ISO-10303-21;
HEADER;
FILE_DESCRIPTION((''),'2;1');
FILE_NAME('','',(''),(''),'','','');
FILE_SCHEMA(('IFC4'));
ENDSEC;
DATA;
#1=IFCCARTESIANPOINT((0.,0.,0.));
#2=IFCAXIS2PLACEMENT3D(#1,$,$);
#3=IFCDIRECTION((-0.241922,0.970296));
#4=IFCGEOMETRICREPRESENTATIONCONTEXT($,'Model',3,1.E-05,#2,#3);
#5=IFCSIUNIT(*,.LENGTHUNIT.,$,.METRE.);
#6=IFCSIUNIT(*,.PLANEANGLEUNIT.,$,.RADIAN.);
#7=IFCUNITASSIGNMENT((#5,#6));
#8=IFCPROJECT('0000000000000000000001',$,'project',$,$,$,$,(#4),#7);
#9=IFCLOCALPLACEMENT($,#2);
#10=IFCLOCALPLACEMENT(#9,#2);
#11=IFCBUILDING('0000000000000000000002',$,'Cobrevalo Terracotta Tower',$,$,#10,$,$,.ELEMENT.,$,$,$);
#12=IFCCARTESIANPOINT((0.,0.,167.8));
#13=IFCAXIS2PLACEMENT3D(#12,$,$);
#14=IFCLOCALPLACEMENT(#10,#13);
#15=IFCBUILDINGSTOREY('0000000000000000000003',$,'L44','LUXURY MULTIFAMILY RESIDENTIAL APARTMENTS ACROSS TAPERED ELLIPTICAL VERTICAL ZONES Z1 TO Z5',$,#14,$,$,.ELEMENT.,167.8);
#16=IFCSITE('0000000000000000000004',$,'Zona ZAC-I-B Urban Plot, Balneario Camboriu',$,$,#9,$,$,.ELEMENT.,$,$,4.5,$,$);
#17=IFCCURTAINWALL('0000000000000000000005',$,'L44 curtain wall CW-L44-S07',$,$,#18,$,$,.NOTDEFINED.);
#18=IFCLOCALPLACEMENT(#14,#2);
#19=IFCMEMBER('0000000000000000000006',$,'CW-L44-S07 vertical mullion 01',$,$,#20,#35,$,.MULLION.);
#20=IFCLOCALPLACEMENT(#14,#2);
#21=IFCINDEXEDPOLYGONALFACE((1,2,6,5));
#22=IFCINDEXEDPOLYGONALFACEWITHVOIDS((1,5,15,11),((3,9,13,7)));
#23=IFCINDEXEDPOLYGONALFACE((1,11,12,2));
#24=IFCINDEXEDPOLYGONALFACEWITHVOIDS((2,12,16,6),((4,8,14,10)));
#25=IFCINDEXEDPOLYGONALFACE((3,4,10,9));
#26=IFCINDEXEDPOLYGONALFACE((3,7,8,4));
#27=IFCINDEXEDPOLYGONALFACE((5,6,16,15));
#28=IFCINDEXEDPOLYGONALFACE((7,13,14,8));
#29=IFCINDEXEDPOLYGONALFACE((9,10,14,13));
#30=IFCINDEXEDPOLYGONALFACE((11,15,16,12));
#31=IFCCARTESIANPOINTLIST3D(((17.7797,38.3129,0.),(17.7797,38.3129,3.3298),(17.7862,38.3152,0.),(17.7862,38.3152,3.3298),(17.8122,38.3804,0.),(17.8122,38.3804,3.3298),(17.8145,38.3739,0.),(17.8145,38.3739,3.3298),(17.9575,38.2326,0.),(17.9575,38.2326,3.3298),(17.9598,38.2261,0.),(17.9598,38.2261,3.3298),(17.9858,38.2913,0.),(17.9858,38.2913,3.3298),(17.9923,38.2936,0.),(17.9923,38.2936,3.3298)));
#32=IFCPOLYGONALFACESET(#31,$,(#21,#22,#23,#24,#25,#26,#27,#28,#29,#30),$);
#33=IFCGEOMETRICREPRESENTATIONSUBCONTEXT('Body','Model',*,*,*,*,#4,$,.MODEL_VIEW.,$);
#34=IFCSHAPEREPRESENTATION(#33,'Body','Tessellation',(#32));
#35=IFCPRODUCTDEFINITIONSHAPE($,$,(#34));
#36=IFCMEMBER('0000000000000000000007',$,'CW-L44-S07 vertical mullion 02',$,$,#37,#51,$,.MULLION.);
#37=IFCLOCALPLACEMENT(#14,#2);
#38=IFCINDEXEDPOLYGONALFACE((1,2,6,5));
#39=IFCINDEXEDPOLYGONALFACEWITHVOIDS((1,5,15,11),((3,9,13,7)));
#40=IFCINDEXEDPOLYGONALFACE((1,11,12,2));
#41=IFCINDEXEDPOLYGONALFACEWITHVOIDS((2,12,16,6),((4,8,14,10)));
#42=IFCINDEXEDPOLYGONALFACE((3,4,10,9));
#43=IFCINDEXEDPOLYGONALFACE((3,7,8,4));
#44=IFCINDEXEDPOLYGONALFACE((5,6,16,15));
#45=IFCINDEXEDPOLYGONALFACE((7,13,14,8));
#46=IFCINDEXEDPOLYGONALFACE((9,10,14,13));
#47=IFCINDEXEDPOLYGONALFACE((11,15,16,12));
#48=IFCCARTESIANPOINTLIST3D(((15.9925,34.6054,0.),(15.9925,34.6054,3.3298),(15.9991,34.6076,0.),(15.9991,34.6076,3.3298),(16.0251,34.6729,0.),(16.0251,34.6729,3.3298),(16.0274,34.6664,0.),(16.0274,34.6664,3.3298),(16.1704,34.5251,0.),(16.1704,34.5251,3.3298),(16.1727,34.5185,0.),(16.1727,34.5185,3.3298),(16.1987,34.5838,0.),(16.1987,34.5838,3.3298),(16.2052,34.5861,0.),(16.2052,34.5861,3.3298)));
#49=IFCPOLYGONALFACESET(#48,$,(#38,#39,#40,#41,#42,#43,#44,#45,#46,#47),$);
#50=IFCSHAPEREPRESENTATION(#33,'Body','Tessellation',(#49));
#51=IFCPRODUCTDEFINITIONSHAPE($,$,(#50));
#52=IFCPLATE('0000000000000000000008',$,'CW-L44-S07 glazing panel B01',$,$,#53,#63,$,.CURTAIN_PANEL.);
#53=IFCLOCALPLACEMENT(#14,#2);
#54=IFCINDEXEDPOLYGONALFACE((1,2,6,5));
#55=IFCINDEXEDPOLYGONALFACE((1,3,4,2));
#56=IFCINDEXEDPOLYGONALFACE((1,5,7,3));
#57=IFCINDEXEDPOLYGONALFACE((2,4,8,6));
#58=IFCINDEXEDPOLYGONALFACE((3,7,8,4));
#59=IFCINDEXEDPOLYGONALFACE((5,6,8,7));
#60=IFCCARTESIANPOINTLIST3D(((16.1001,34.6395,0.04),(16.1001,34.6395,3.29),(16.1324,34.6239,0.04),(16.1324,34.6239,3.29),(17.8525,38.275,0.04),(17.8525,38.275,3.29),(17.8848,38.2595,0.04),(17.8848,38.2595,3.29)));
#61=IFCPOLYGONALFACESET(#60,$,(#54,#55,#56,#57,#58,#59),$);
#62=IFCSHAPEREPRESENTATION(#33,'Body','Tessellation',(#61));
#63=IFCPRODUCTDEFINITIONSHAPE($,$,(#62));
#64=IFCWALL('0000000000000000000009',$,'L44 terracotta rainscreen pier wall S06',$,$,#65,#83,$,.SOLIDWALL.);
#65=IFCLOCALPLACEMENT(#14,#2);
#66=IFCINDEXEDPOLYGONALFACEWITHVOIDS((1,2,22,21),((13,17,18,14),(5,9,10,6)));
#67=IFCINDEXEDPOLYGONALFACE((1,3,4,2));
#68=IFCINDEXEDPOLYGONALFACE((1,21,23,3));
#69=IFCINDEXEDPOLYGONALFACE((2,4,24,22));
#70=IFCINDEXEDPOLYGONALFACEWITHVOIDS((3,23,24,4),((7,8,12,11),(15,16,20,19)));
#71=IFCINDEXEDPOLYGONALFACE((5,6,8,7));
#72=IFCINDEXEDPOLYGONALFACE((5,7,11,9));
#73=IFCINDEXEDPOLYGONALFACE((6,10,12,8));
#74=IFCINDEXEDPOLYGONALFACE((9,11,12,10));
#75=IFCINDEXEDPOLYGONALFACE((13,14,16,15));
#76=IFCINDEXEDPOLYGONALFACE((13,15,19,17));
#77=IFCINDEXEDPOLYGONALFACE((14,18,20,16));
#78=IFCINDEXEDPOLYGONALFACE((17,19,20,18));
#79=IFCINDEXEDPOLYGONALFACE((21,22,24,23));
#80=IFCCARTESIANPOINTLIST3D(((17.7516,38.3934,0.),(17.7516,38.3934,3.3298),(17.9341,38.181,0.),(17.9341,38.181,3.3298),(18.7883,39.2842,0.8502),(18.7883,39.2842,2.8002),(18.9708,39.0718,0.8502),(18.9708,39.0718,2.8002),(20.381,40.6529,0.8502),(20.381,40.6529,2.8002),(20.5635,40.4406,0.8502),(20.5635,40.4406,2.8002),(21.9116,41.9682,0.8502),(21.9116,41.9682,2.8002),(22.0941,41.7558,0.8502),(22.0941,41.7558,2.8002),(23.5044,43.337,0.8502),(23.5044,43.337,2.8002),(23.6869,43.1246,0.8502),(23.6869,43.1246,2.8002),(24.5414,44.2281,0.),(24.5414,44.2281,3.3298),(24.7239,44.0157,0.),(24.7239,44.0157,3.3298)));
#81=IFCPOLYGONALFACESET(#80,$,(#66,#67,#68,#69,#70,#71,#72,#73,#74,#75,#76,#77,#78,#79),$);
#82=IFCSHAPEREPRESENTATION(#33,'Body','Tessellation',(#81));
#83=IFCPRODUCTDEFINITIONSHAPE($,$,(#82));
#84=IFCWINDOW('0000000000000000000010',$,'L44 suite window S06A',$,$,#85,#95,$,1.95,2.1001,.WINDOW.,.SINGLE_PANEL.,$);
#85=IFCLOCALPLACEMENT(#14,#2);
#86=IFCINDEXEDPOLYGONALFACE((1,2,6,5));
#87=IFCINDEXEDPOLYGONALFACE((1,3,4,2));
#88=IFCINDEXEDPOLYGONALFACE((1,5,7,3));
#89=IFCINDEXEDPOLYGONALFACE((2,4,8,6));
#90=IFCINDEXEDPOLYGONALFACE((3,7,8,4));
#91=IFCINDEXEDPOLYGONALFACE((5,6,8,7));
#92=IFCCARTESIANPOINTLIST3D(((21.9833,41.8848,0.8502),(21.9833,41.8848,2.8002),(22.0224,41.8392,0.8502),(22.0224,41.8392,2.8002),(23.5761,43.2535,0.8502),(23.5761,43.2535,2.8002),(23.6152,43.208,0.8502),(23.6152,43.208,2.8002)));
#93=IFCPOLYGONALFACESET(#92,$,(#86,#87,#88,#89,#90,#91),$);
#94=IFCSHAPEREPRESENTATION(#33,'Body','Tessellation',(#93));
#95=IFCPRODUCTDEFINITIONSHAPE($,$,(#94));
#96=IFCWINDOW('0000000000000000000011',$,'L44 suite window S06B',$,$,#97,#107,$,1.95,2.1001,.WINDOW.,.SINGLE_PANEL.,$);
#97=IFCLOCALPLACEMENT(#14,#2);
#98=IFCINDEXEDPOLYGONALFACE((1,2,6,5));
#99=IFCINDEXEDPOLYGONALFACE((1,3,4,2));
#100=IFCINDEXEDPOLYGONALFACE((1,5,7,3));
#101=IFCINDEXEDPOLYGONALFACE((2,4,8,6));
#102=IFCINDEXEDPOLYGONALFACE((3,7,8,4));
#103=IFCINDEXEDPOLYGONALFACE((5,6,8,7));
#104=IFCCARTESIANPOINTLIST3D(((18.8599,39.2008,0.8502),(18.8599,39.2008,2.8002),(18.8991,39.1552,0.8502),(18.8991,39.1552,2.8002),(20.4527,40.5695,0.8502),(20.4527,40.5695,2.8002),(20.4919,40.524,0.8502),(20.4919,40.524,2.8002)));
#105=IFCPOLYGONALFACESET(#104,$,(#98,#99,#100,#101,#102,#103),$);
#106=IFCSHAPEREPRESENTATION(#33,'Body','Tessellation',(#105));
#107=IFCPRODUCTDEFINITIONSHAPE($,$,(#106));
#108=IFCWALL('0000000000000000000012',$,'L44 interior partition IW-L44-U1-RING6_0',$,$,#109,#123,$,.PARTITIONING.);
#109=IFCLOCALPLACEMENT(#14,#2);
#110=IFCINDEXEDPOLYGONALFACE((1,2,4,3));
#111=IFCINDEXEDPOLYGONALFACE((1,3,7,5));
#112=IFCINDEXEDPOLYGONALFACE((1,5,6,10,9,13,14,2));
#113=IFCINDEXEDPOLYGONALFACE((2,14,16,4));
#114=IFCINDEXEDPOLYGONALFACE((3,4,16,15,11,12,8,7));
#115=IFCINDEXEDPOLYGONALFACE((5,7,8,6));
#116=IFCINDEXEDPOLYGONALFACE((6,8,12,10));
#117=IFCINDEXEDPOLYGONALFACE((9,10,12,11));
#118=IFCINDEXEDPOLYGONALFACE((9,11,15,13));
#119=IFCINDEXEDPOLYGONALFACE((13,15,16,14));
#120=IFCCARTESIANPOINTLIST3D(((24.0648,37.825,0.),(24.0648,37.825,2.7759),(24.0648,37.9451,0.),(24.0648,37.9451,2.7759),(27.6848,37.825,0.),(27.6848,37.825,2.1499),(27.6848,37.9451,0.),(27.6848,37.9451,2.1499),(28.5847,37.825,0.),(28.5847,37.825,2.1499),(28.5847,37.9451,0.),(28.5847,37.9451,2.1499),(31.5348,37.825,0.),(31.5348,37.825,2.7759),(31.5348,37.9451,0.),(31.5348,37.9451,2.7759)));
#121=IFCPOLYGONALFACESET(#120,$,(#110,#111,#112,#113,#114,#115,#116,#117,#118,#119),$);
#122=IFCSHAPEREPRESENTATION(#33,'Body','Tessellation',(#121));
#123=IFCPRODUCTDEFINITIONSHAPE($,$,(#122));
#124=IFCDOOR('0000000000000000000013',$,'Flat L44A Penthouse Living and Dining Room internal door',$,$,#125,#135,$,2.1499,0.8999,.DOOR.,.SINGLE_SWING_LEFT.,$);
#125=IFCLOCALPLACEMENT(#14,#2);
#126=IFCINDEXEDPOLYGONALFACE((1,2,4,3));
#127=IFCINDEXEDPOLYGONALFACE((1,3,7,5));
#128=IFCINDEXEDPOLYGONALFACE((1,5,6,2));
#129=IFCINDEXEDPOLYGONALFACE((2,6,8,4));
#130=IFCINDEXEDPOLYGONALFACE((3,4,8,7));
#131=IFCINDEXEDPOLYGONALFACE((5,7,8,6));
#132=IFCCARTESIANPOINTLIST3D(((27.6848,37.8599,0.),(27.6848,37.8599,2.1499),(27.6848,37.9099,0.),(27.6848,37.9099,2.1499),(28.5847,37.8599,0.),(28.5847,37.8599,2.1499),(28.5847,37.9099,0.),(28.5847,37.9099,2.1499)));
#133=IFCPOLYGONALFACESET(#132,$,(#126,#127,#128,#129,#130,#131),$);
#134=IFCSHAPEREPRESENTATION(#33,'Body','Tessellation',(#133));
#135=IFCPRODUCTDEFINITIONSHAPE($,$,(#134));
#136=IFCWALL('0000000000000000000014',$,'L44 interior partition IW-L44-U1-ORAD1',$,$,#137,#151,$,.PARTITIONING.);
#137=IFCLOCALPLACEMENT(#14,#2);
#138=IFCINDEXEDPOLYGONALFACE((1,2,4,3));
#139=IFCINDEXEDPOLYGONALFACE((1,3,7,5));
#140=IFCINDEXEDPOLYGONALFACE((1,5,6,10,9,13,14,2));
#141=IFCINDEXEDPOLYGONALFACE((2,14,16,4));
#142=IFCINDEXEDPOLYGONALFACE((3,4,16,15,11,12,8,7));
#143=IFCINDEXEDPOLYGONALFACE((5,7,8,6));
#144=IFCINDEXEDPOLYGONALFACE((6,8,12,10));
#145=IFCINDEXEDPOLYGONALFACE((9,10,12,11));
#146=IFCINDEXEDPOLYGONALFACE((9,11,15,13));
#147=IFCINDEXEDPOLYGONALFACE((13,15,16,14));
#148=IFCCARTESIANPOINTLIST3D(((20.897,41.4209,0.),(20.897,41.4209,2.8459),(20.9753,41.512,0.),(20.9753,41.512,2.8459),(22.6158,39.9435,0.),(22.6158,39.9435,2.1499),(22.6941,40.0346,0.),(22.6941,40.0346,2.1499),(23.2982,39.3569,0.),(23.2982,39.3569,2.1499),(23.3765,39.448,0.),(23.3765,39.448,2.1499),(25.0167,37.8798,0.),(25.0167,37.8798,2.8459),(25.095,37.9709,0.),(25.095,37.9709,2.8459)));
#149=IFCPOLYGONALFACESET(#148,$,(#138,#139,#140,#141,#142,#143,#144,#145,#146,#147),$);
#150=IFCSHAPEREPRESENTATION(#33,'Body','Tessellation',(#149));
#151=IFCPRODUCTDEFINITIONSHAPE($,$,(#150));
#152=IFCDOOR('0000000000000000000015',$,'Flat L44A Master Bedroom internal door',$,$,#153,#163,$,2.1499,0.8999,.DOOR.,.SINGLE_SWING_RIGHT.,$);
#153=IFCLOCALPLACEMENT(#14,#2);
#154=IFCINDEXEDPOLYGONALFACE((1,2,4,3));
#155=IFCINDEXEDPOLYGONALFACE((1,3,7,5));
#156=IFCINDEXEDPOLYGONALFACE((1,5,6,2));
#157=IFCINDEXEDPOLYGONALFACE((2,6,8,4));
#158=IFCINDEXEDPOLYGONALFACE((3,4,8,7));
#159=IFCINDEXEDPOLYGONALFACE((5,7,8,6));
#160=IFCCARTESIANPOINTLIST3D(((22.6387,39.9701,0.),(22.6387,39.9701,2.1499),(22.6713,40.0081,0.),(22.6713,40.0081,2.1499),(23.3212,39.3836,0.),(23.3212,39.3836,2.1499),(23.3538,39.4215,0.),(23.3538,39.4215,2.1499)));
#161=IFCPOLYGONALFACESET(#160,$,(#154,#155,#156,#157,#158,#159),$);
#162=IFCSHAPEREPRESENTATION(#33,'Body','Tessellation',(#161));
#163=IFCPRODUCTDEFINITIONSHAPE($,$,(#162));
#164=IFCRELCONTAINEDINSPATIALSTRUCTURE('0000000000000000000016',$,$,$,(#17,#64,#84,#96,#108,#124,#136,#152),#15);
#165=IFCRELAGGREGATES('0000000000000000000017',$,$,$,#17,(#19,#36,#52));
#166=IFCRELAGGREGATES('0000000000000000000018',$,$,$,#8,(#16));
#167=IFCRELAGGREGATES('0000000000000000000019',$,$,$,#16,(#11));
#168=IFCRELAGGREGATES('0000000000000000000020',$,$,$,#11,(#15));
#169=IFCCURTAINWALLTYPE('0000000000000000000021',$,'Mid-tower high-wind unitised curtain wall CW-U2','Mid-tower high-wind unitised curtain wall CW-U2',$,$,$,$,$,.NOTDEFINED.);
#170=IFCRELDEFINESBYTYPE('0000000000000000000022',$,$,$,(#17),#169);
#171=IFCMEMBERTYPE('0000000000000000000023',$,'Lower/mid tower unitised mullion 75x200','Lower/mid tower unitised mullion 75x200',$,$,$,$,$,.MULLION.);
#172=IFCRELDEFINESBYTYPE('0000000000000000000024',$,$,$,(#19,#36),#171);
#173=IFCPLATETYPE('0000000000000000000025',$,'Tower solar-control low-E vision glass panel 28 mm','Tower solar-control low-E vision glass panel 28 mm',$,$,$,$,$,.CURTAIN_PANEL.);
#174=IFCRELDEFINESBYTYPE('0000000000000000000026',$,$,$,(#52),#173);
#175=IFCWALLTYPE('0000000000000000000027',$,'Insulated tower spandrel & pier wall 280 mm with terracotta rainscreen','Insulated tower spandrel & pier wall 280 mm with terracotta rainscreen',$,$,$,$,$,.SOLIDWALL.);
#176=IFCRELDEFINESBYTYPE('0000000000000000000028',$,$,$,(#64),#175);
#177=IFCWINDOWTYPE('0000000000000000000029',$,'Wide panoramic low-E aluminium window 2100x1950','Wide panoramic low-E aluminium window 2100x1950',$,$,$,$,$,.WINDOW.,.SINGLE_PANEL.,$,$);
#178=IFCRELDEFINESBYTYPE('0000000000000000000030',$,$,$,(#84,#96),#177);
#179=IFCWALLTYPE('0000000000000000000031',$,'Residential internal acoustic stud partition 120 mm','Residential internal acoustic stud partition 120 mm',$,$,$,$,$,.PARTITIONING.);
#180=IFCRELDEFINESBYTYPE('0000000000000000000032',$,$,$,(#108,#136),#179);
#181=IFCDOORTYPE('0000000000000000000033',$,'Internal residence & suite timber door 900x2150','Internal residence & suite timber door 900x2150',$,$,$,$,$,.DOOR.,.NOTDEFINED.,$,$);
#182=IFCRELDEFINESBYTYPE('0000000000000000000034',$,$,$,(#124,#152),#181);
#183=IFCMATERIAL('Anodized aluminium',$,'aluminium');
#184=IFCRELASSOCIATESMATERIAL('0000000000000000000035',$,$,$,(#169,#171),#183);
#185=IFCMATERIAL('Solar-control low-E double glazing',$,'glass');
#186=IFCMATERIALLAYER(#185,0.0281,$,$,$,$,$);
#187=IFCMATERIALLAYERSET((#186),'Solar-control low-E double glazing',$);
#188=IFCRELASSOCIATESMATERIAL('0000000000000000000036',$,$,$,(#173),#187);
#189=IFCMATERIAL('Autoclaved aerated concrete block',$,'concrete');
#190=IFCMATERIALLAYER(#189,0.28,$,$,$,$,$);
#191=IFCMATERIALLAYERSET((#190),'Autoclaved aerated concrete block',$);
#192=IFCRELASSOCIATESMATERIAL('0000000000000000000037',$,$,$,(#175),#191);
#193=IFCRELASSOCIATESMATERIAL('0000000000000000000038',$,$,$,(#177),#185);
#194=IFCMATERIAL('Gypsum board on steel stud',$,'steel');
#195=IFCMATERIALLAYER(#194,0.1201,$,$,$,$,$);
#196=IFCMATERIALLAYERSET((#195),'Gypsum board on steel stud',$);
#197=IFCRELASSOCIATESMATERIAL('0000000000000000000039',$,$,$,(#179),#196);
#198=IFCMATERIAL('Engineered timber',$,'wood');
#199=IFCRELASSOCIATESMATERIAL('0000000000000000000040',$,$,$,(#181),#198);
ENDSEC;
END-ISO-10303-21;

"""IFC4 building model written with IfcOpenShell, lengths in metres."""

from ifc_helpers import new_model, si_unit, direction, frame, frame_2d, origin, origin_2d, place, context, subcontext, project, spatial, rectangle, hollow_rectangle, extrude, source, transform, mapped, material, layer, layer_set, material_profile, profile_set, type_object, element, fill, aggregate, save


model = new_model("IFC4")

# Units and contexts
model_context = context("Model", 3, precision=1e-05, world=origin(), true_north=direction((-0.241922, 0.970296)))
body_context = subcontext(model_context, "Body", "Model", "MODEL_VIEW")
ifc_project = project(units=[si_unit("LENGTHUNIT", "METRE"), si_unit("PLANEANGLEUNIT", "RADIAN")], contexts=[model_context])

# Site, building, storey
site_placement = place(None, origin())
site = spatial("IfcSite", under=ifc_project, at=site_placement, Name="Zona ZAC-I-B Urban Plot, Balneario Camboriu", CompositionType="ELEMENT", RefElevation=4.5)
building_placement = place(site_placement, origin())
building = spatial("IfcBuilding", under=site, at=building_placement, Name="Cobrevalo Terracotta Tower", CompositionType="ELEMENT")
storey_placement = place(building_placement, frame((0.0, 0.0, 167.8)))
storey = spatial("IfcBuildingStorey", under=building, at=storey_placement, Name="L44", Description="LUXURY MULTIFAMILY RESIDENTIAL APARTMENTS ACROSS TAPERED ELLIPTICAL VERTICAL ZONES Z1 TO Z5", CompositionType="ELEMENT", Elevation=167.8)

# Curtain wall
ifc_material_1 = material(Name="Anodized aluminium", Category="aluminium")
curtain_wall_type = type_object("IfcCurtainWallType", Name="Mid-tower high-wind unitised curtain wall CW-U2", Description="Mid-tower high-wind unitised curtain wall CW-U2", PredefinedType="NOTDEFINED", material=ifc_material_1)
curtain_wall_1_placement = place(storey_placement, origin())
curtain_wall_1 = element("IfcCurtainWall", 1, at=curtain_wall_1_placement, inside=storey, type_object=curtain_wall_type, Name="L44 curtain wall CW-L44-S07", PredefinedType="NOTDEFINED")

# Shared definitions
ifc_material_profile_1 = material_profile(ifc_material_1, hollow_rectangle(XDim=0.075, YDim=0.2, WallThickness=0.0049, at=origin_2d()), Name="CWM 75x200")
ifc_profile_set_1 = profile_set([ifc_material_profile_1], Name="Anodized aluminium")
member_type_1 = type_object("IfcMemberType", Name="Lower/mid tower unitised mullion 75x200", Description="Lower/mid tower unitised mullion 75x200", PredefinedType="MULLION", material=ifc_profile_set_1)
shared_shape_1 = source(origin(), body_context, "Body", "SweptSolid", [
    extrude(hollow_rectangle(XDim=0.075, YDim=0.2, WallThickness=0.0049, at=origin_2d()), origin(), (0.0, 0.0, 1.0), 3.3298),
])

# Members
member_1_placement = place(storey_placement, frame((17.886, 38.3032, 0.0), z_axis=(0.0, 0.0, 1.0), x_axis=(-0.434209, -0.900812, 0.0)))
member_1 = element("IfcMember", 2, at=member_1_placement, type_object=member_type_1, Name="CW-L44-S07 vertical mullion 01", PredefinedType="MULLION", context=body_context, shape_type="MappedRepresentation", body=[
    mapped(shared_shape_1, transform((0.0, 0.0, 0.0), scale=1.0)),
])
member_2_placement = place(storey_placement, frame((16.0989, 34.5957, 0.0), z_axis=(0.0, 0.0, 1.0), x_axis=(-0.434209, -0.900812, 0.0)))
member_2 = element("IfcMember", 3, at=member_2_placement, type_object=member_type_1, Name="CW-L44-S07 vertical mullion 02", PredefinedType="MULLION", context=body_context, shape_type="MappedRepresentation", body=[
    mapped(shared_shape_1, transform((0.0, 0.0, 0.0), scale=1.0)),
])

# Plate
ifc_material_2 = material(Name="Solar-control low-E double glazing", Category="glass")
ifc_layer_1 = layer(ifc_material_2, 0.0281)
ifc_layer_set_1 = layer_set([ifc_layer_1], Name="Solar-control low-E double glazing")
plate_type = type_object("IfcPlateType", Name="Tower solar-control low-E vision glass panel 28 mm", Description="Tower solar-control low-E vision glass panel 28 mm", PredefinedType="CURTAIN_PANEL", material=ifc_layer_set_1)
shared_shape_2 = source(origin(), body_context, "Body", "SweptSolid", [
    extrude(rectangle(XDim=4.0359, YDim=0.0359, at=origin_2d()), origin(), (0.0, 0.0, 1.0), 3.25),
])
plate_placement = place(storey_placement, frame((16.9924, 36.4495, 0.04), z_axis=(0.0, 0.0, 1.0), x_axis=(-0.434209, -0.900812, 0.0)))
plate = element("IfcPlate", 4, at=plate_placement, type_object=plate_type, Name="CW-L44-S07 glazing panel B01", PredefinedType="CURTAIN_PANEL", context=body_context, shape_type="MappedRepresentation", body=[
    mapped(shared_shape_2, transform((0.0, 0.0, 0.0), scale=1.0)),
])
aggregate(curtain_wall_1, [member_1, member_2, plate])

# Wall, openings, windows
ifc_material_3 = material(Name="Autoclaved aerated concrete block", Category="concrete")
ifc_layer_2 = layer(ifc_material_3, 0.28)
ifc_layer_set_2 = layer_set([ifc_layer_2], Name="Autoclaved aerated concrete block")
wall_type_1 = type_object("IfcWallType", Name="Insulated tower spandrel & pier wall 280 mm with terracotta rainscreen", Description="Insulated tower spandrel & pier wall 280 mm with terracotta rainscreen", PredefinedType="SOLIDWALL", material=ifc_layer_set_2)
wall_1_placement = place(storey_placement, frame((24.6326, 44.1218, 0.0), z_axis=(0.0, 0.0, 1.0), x_axis=(-0.758434, -0.65175, 0.0)))
wall_1 = element("IfcWall", 5, at=wall_1_placement, inside=storey, type_object=wall_type_1, Name="L44 terracotta rainscreen pier wall S06", PredefinedType="SOLIDWALL", context=body_context, shape_type="SweptSolid", body=[
    extrude(rectangle(XDim=8.9524, YDim=0.28, at=frame_2d((4.4761, 0.0))), origin(), (0.0, 0.0, 1.0), 3.3298),
])
opening_1_placement = place(wall_1_placement, frame((1.3672, 0.0, 0.8501)))
opening_1 = element("IfcOpeningElement", 6, at=opening_1_placement, cuts=wall_1, PredefinedType="OPENING", context=body_context, shape_type="SweptSolid", body=[
    extrude(rectangle(XDim=2.1001, YDim=1.95, at=frame_2d((1.05, 0.9751))), frame((0.0, 0.1499, 0.0), z_axis=(0.0, -1.0, 0.0), x_axis=(1.0, 0.0, 0.0)), (0.0, 0.0, 1.0), 0.3),
])
opening_2_placement = place(wall_1_placement, frame((5.4854, 0.0, 0.8501)))
opening_2 = element("IfcOpeningElement", 7, at=opening_2_placement, cuts=wall_1, PredefinedType="OPENING", context=body_context, shape_type="SweptSolid", body=[
    extrude(rectangle(XDim=2.1001, YDim=1.95, at=frame_2d((1.05, 0.9751))), frame((0.0, 0.1499, 0.0), z_axis=(0.0, -1.0, 0.0), x_axis=(1.0, 0.0, 0.0)), (0.0, 0.0, 1.0), 0.3),
])
window_type = type_object("IfcWindowType", Name="Wide panoramic low-E aluminium window 2100x1950", Description="Wide panoramic low-E aluminium window 2100x1950", PartitioningType="SINGLE_PANEL", PredefinedType="WINDOW", material=ifc_material_2)
shared_shape_3 = source(origin(), body_context, "Body", "SweptSolid", [
    extrude(rectangle(XDim=2.1001, YDim=1.95, at=frame_2d((1.05, 0.9751))), frame((0.0, 0.03, 0.0), z_axis=(0.0, -1.0, 0.0), x_axis=(1.0, 0.0, 0.0)), (0.0, 0.0, 1.0), 0.0601),
])
window_1_placement = place(opening_1_placement, origin())
window_1 = element("IfcWindow", 8, at=window_1_placement, inside=storey, type_object=window_type, Name="L44 suite window S06A", OverallHeight=1.95, OverallWidth=2.1001, PartitioningType="SINGLE_PANEL", PredefinedType="WINDOW", context=body_context, shape_type="MappedRepresentation", body=[
    mapped(shared_shape_3, transform((0.0, 0.0, 0.0), scale=1.0)),
])
fill(opening_1, window_1)
window_2_placement = place(opening_2_placement, origin())
window_2 = element("IfcWindow", 9, at=window_2_placement, inside=storey, type_object=window_type, Name="L44 suite window S06B", OverallHeight=1.95, OverallWidth=2.1001, PartitioningType="SINGLE_PANEL", PredefinedType="WINDOW", context=body_context, shape_type="MappedRepresentation", body=[
    mapped(shared_shape_3, transform((0.0, 0.0, 0.0), scale=1.0)),
])
fill(opening_2, window_2)

# Walls, openings, doors
ifc_material_4 = material(Name="Gypsum board on steel stud", Category="steel")
ifc_layer_3 = layer(ifc_material_4, 0.1201)
ifc_layer_set_3 = layer_set([ifc_layer_3], Name="Gypsum board on steel stud")
wall_type_2 = type_object("IfcWallType", Name="Residential internal acoustic stud partition 120 mm", Description="Residential internal acoustic stud partition 120 mm", PredefinedType="PARTITIONING", material=ifc_layer_set_3)
wall_2_placement = place(storey_placement, frame((24.0649, 37.885, 0.0), z_axis=(0.0, 0.0, 1.0), x_axis=(1.0, 0.0, 0.0)))
wall_2 = element("IfcWall", 10, at=wall_2_placement, inside=storey, type_object=wall_type_2, Name="L44 interior partition IW-L44-U1-RING6_0", PredefinedType="PARTITIONING", context=body_context, shape_type="SweptSolid", body=[
    extrude(rectangle(XDim=7.47, YDim=0.1201, at=frame_2d((3.7349, 0.0))), origin(), (0.0, 0.0, 1.0), 2.7759),
])
opening_3_placement = place(wall_2_placement, frame((3.6199, 0.0, 0.0)))
opening_3 = element("IfcOpeningElement", 11, at=opening_3_placement, cuts=wall_2, PredefinedType="OPENING", context=body_context, shape_type="SweptSolid", body=[
    extrude(rectangle(XDim=0.8999, YDim=2.1499, at=frame_2d((0.45, 1.075))), frame((0.0, 0.0701, 0.0), z_axis=(0.0, -1.0, 0.0), x_axis=(1.0, 0.0, 0.0)), (0.0, 0.0, 1.0), 0.1401),
])
ifc_material_5 = material(Name="Engineered timber", Category="wood")
door_type = type_object("IfcDoorType", Name="Internal residence & suite timber door 900x2150", Description="Internal residence & suite timber door 900x2150", OperationType="NOTDEFINED", PredefinedType="DOOR", material=ifc_material_5)
shared_shape_4 = source(origin(), body_context, "Body", "SweptSolid", [
    extrude(rectangle(XDim=0.8999, YDim=2.1499, at=frame_2d((0.45, 1.075))), frame((0.0, 0.0249, 0.0), z_axis=(0.0, -1.0, 0.0), x_axis=(1.0, 0.0, 0.0)), (0.0, 0.0, 1.0), 0.05),
])
door_1_placement = place(opening_3_placement, origin())
door_1 = element("IfcDoor", 12, at=door_1_placement, inside=storey, type_object=door_type, Name="Flat L44A Penthouse Living and Dining Room internal door", OperationType="SINGLE_SWING_LEFT", OverallHeight=2.1499, OverallWidth=0.8999, PredefinedType="DOOR", context=body_context, shape_type="MappedRepresentation", body=[
    mapped(shared_shape_4, transform((0.0, 0.0, 0.0), scale=1.0)),
])
fill(opening_3, door_1)
wall_3_placement = place(storey_placement, frame((25.0559, 37.9253, 0.0), z_axis=(0.0, 0.0, 1.0), x_axis=(-0.758355, 0.651842, 0.0)))
wall_3 = element("IfcWall", 13, at=wall_3_placement, inside=storey, type_object=wall_type_2, Name="L44 interior partition IW-L44-U1-ORAD1", PredefinedType="PARTITIONING", context=body_context, shape_type="SweptSolid", body=[
    extrude(rectangle(XDim=5.4324, YDim=0.1201, at=frame_2d((2.7163, 0.0))), origin(), (0.0, 0.0, 1.0), 2.8459),
])
opening_4_placement = place(wall_3_placement, frame((2.2661, 0.0, 0.0)))
opening_4 = element("IfcOpeningElement", 14, at=opening_4_placement, cuts=wall_3, PredefinedType="OPENING", context=body_context, shape_type="SweptSolid", body=[
    extrude(rectangle(XDim=0.8999, YDim=2.1499, at=frame_2d((0.45, 1.075))), frame((0.0, 0.0701, 0.0), z_axis=(0.0, -1.0, 0.0), x_axis=(1.0, 0.0, 0.0)), (0.0, 0.0, 1.0), 0.1401),
])
door_2_placement = place(opening_4_placement, origin())
door_2 = element("IfcDoor", 15, at=door_2_placement, inside=storey, type_object=door_type, Name="Flat L44A Master Bedroom internal door", OperationType="SINGLE_SWING_RIGHT", OverallHeight=2.1499, OverallWidth=0.8999, PredefinedType="DOOR", context=body_context, shape_type="MappedRepresentation", body=[
    mapped(shared_shape_4, transform((0.0, 0.0, 0.0), scale=1.0)),
])
fill(opening_4, door_2)

save(model, "model.ifc")
